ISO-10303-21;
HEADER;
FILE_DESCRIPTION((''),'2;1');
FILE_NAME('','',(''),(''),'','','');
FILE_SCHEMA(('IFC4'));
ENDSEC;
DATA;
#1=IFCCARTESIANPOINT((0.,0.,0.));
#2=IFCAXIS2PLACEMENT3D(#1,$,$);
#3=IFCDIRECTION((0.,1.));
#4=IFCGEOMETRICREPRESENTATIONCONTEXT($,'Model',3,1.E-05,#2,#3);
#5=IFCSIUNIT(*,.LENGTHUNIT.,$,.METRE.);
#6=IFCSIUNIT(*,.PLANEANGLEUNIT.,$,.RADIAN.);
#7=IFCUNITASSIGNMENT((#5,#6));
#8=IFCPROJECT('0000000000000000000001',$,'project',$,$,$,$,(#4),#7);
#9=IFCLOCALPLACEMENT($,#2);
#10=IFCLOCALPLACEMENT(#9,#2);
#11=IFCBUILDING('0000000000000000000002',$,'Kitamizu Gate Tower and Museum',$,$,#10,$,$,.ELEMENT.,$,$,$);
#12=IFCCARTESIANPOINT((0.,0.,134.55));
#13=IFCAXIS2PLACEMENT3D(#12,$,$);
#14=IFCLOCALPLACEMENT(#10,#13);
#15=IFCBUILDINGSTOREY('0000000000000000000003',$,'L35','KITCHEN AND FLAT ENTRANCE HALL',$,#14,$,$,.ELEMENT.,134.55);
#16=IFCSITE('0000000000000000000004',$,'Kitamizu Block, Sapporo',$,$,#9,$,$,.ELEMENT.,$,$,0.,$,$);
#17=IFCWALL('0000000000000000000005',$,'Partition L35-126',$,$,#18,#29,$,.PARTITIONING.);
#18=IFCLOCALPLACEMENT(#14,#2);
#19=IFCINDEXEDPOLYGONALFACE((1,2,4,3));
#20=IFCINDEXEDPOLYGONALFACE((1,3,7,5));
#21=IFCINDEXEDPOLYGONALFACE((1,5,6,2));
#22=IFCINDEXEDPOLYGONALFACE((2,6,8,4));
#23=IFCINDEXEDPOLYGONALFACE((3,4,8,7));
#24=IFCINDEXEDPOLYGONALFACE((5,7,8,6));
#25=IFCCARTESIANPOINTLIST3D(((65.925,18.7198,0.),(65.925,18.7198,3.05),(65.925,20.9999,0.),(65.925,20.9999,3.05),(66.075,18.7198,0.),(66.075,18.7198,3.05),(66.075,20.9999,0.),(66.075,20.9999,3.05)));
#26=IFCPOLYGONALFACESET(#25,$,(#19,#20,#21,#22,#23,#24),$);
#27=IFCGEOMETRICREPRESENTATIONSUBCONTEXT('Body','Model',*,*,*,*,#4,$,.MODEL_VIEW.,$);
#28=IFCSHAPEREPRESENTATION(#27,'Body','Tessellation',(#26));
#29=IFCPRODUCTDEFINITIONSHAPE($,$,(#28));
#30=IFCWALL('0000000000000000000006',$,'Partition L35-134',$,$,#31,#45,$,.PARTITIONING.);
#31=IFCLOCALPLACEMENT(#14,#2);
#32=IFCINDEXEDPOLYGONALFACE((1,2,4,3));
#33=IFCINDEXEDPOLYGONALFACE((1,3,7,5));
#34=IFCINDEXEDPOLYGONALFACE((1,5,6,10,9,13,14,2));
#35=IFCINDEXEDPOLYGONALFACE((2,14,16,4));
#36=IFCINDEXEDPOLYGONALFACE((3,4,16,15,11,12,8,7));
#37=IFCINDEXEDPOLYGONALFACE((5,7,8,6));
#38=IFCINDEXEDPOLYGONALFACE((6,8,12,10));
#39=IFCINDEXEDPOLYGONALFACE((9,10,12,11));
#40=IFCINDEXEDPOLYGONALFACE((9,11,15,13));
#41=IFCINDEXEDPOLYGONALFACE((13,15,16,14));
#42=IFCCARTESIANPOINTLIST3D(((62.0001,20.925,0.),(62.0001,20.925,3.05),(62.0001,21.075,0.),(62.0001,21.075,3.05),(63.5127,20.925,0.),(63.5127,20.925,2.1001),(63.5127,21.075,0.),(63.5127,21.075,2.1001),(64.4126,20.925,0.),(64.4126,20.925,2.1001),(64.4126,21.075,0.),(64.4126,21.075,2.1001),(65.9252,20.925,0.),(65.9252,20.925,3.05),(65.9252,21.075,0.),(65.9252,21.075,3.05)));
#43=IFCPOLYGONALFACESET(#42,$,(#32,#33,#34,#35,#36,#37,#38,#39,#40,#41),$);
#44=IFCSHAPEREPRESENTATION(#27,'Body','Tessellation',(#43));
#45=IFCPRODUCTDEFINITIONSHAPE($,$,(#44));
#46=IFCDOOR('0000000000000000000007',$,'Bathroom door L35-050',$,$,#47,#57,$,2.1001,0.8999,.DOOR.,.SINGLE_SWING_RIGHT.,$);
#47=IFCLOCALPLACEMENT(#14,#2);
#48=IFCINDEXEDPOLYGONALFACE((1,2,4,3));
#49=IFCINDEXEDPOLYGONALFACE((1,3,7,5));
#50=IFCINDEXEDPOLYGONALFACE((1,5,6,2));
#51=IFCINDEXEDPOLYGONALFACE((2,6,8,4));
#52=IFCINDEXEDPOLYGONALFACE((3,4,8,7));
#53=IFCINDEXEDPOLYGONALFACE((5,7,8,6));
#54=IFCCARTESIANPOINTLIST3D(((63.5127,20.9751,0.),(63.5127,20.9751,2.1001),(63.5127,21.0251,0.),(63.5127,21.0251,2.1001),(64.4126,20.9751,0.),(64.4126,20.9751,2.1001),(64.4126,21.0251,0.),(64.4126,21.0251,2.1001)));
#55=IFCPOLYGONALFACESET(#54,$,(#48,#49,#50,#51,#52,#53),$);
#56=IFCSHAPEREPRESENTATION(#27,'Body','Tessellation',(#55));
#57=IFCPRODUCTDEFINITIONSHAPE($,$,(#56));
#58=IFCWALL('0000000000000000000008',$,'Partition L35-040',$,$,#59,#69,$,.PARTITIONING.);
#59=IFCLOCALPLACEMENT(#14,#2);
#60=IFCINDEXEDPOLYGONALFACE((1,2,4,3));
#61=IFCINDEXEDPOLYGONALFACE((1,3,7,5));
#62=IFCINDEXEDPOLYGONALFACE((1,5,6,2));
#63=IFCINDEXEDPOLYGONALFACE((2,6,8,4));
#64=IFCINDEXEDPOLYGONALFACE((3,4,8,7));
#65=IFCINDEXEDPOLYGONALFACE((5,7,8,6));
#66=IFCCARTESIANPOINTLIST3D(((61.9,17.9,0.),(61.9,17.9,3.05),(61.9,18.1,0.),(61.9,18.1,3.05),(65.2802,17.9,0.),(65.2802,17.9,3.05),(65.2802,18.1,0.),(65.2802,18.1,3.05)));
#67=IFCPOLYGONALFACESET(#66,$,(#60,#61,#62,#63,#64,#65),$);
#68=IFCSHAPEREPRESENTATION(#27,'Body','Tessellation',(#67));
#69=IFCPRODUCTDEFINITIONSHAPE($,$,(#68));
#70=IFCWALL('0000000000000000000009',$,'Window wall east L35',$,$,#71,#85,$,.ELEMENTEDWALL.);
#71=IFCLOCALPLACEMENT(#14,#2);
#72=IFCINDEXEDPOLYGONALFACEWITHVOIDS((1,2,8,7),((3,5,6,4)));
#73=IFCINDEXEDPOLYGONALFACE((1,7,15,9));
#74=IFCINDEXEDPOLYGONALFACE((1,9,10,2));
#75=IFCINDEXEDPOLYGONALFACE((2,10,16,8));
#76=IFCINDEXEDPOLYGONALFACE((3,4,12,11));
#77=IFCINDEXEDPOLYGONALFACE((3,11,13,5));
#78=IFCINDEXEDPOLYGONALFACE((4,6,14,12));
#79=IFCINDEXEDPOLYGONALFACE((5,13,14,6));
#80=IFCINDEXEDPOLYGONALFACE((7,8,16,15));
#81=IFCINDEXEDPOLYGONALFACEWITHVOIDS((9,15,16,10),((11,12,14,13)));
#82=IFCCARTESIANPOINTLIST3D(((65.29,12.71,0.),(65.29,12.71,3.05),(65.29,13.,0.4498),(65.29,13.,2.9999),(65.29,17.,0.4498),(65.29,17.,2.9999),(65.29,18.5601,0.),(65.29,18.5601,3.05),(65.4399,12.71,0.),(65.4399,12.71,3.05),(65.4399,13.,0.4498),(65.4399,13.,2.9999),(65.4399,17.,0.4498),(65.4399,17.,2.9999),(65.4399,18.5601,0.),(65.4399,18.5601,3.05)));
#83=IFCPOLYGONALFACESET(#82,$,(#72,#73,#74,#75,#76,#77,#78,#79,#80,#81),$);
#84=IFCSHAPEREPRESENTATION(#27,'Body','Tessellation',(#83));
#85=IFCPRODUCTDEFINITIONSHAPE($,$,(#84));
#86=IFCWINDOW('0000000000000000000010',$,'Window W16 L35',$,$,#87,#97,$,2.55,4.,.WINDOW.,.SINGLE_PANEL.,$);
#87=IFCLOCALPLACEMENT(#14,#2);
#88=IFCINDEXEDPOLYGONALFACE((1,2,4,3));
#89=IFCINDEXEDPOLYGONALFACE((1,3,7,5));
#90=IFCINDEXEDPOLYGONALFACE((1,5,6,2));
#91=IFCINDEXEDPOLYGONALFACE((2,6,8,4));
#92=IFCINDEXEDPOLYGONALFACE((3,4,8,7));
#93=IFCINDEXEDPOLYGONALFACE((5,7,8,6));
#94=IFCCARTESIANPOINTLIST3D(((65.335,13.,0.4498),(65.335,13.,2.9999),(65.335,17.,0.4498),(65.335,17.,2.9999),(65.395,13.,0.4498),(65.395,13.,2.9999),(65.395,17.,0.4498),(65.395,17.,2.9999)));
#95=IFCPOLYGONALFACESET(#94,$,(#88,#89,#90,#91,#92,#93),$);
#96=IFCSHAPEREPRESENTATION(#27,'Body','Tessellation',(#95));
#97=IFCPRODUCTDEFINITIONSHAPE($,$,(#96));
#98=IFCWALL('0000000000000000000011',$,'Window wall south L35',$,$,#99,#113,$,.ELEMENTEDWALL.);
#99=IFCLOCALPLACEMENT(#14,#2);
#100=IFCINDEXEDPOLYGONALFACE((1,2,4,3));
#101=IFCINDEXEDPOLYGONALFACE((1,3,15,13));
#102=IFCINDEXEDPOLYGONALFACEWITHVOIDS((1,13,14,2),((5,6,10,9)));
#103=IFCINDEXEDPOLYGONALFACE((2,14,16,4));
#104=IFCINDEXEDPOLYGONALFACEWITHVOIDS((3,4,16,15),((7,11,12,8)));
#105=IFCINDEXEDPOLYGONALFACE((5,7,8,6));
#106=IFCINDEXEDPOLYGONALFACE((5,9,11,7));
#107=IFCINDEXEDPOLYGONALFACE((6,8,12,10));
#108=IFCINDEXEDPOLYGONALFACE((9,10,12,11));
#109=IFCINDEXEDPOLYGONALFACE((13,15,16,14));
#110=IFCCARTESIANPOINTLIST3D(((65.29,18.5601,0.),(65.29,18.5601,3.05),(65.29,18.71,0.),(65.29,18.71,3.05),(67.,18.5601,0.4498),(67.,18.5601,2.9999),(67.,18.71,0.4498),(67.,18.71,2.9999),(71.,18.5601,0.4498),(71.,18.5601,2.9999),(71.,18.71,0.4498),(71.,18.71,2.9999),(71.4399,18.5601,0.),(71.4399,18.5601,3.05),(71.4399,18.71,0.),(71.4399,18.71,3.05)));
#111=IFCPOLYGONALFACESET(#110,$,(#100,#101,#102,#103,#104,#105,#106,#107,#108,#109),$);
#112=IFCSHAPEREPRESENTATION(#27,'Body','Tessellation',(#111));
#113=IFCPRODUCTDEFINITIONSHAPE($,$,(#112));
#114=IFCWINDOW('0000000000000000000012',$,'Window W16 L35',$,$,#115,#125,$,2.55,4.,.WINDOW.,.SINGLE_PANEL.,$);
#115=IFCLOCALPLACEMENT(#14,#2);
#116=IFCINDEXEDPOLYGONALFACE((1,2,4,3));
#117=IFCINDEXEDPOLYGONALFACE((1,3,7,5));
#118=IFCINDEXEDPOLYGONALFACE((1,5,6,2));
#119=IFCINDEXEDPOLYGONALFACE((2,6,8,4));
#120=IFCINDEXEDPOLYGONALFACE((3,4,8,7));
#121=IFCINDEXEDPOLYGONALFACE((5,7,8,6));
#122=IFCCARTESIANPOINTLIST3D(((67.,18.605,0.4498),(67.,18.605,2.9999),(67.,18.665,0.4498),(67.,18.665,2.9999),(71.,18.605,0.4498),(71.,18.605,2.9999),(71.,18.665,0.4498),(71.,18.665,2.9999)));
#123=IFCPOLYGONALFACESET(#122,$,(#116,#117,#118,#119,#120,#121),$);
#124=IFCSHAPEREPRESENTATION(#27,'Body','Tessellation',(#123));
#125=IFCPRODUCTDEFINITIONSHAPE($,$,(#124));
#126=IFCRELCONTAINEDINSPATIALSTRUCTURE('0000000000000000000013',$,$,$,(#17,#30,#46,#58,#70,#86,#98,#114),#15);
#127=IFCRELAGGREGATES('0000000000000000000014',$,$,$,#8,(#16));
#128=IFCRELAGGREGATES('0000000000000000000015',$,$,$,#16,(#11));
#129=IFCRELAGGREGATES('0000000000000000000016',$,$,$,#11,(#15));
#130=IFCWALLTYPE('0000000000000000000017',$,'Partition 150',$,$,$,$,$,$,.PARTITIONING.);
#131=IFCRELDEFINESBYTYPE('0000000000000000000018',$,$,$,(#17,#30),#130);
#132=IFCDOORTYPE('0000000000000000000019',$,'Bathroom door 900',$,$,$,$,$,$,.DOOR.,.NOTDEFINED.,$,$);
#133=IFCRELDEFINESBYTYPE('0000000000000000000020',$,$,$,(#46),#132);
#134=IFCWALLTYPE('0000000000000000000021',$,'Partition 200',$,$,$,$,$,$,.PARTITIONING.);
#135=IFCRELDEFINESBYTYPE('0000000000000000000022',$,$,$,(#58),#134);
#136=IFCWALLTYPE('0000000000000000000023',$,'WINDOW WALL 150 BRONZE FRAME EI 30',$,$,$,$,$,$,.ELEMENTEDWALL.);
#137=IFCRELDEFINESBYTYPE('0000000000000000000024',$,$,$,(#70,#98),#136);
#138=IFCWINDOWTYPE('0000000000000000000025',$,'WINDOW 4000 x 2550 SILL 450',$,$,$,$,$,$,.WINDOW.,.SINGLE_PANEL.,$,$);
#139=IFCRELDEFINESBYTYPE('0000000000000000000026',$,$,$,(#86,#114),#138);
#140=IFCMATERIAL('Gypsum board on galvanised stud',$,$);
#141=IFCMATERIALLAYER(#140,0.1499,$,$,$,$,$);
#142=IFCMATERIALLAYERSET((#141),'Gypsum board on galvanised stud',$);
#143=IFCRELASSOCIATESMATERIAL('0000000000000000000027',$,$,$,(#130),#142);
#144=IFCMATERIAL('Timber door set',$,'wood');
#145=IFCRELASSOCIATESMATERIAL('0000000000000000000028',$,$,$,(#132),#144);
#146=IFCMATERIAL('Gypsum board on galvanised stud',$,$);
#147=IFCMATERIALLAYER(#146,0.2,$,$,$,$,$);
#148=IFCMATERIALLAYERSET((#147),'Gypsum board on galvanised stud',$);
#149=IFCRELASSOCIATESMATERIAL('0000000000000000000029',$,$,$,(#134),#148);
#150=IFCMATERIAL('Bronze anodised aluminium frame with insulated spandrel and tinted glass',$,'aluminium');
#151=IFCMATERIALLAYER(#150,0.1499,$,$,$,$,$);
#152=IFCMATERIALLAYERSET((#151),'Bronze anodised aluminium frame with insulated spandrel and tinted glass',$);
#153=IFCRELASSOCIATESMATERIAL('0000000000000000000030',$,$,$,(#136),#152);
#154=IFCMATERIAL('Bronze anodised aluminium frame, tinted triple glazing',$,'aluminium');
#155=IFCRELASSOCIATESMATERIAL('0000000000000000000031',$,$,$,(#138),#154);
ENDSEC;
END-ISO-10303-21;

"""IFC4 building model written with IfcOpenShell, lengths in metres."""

from ifc_helpers import new_model, si_unit, direction, frame, frame_2d, origin, place, context, subcontext, project, spatial, rectangle, extrude, material, layer, layer_set, type_object, element, fill, save


model = new_model("IFC4")

# Units and contexts
model_context = context("Model", 3, precision=1e-05, world=origin(), true_north=direction((0.0, 1.0)))
body_context = subcontext(model_context, "Body", "Model", "MODEL_VIEW")
ifc_project = project(units=[si_unit("LENGTHUNIT", "METRE"), si_unit("PLANEANGLEUNIT", "RADIAN")], contexts=[model_context])

# Site, building, storey
site_placement = place(None, origin())
site = spatial("IfcSite", under=ifc_project, at=site_placement, Name="Kitamizu Block, Sapporo", CompositionType="ELEMENT", RefElevation=0.0)
building_placement = place(site_placement, origin())
building = spatial("IfcBuilding", under=site, at=building_placement, Name="Kitamizu Gate Tower and Museum", CompositionType="ELEMENT")
storey_placement = place(building_placement, frame((0.0, 0.0, 134.55)))
storey = spatial("IfcBuildingStorey", under=building, at=storey_placement, Name="L35", Description="KITCHEN AND FLAT ENTRANCE HALL", CompositionType="ELEMENT", Elevation=134.55)

# Wall
ifc_material_1 = material(Name="Gypsum board on galvanised stud")
ifc_layer_1 = layer(ifc_material_1, 0.1499)
ifc_layer_set_1 = layer_set([ifc_layer_1], Name="Gypsum board on galvanised stud")
wall_type_1 = type_object("IfcWallType", Name="Partition 150", PredefinedType="PARTITIONING", material=ifc_layer_set_1)
wall_1_placement = place(storey_placement, frame((66.0, 21.0, 0.0), z_axis=(0.0, 0.0, 1.0), x_axis=(0.0, -1.0, 0.0)))
element("IfcWall", 1, at=wall_1_placement, inside=storey, type_object=wall_type_1, Name="Partition L35-126", PredefinedType="PARTITIONING", context=body_context, shape_type="SweptSolid", body=[
    extrude(rectangle(XDim=2.28, YDim=0.1499, at=frame_2d((1.1401, 0.0))), origin(), (0.0, 0.0, 1.0), 3.05),
])

# Wall, opening, door
wall_2_placement = place(storey_placement, frame((65.925, 21.0, 0.0), z_axis=(0.0, 0.0, 1.0), x_axis=(-1.0, 0.0, 0.0)))
wall_2 = element("IfcWall", 2, at=wall_2_placement, inside=storey, type_object=wall_type_1, Name="Partition L35-134", PredefinedType="PARTITIONING", context=body_context, shape_type="SweptSolid", body=[
    extrude(rectangle(XDim=3.925, YDim=0.1499, at=frame_2d((1.9624, 0.0))), origin(), (0.0, 0.0, 1.0), 3.05),
])
opening_1_placement = place(wall_2_placement, frame((1.5125, 0.0, 0.0)))
opening_1 = element("IfcOpeningElement", 3, at=opening_1_placement, cuts=wall_2, PredefinedType="OPENING", context=body_context, shape_type="SweptSolid", body=[
    extrude(rectangle(XDim=0.8999, YDim=2.1001, at=frame_2d((0.45, 1.05))), frame((0.0, 0.085, 0.0), z_axis=(0.0, -1.0, 0.0), x_axis=(1.0, 0.0, 0.0)), (0.0, 0.0, 1.0), 0.1699),
])
ifc_material_2 = material(Name="Timber door set", Category="wood")
door_type = type_object("IfcDoorType", Name="Bathroom door 900", OperationType="NOTDEFINED", PredefinedType="DOOR", material=ifc_material_2)
door_placement = place(opening_1_placement, origin())
door = element("IfcDoor", 4, at=door_placement, inside=storey, type_object=door_type, Name="Bathroom door L35-050", OperationType="SINGLE_SWING_RIGHT", OverallHeight=2.1001, OverallWidth=0.8999, PredefinedType="DOOR", context=body_context, shape_type="SweptSolid", body=[
    extrude(rectangle(XDim=0.8999, YDim=2.1001, at=frame_2d((0.45, 1.05))), frame((0.0, 0.0249, 0.0), z_axis=(0.0, -1.0, 0.0), x_axis=(1.0, 0.0, 0.0)), (0.0, 0.0, 1.0), 0.05),
])
fill(opening_1, door)

# Wall
ifc_material_3 = material(Name="Gypsum board on galvanised stud")
ifc_layer_2 = layer(ifc_material_3, 0.2)
ifc_layer_set_2 = layer_set([ifc_layer_2], Name="Gypsum board on galvanised stud")
wall_type_2 = type_object("IfcWallType", Name="Partition 200", PredefinedType="PARTITIONING", material=ifc_layer_set_2)
wall_3_placement = place(storey_placement, frame((65.28, 18.0, 0.0), z_axis=(0.0, 0.0, 1.0), x_axis=(-1.0, 0.0, 0.0)))
element("IfcWall", 5, at=wall_3_placement, inside=storey, type_object=wall_type_2, Name="Partition L35-040", PredefinedType="PARTITIONING", context=body_context, shape_type="SweptSolid", body=[
    extrude(rectangle(XDim=3.3801, YDim=0.2, at=frame_2d((1.6899, 0.0))), origin(), (0.0, 0.0, 1.0), 3.05),
])

# Walls, openings, windows
ifc_material_4 = material(Name="Bronze anodised aluminium frame with insulated spandrel and tinted glass", Category="aluminium")
ifc_layer_3 = layer(ifc_material_4, 0.1499)
ifc_layer_set_3 = layer_set([ifc_layer_3], Name="Bronze anodised aluminium frame with insulated spandrel and tinted glass")
wall_type_3 = type_object("IfcWallType", Name="WINDOW WALL 150 BRONZE FRAME EI 30", PredefinedType="ELEMENTEDWALL", material=ifc_layer_set_3)
wall_4_placement = place(storey_placement, frame((65.365, 12.71, 0.0), z_axis=(0.0, 0.0, 1.0), x_axis=(0.0, 1.0, 0.0)))
wall_4 = element("IfcWall", 6, at=wall_4_placement, inside=storey, type_object=wall_type_3, Name="Window wall east L35", PredefinedType="ELEMENTEDWALL", context=body_context, shape_type="SweptSolid", body=[
    extrude(rectangle(XDim=5.8501, YDim=0.1499, at=frame_2d((2.925, 0.0))), origin(), (0.0, 0.0, 1.0), 3.05),
])
opening_2_placement = place(wall_4_placement, frame((0.29, 0.0, 0.45)))
opening_2 = element("IfcOpeningElement", 7, at=opening_2_placement, cuts=wall_4, PredefinedType="OPENING", context=body_context, shape_type="SweptSolid", body=[
    extrude(rectangle(XDim=4.0, YDim=2.55, at=frame_2d((2.0, 1.2749))), frame((0.0, 0.085, 0.0), z_axis=(0.0, -1.0, 0.0), x_axis=(1.0, 0.0, 0.0)), (0.0, 0.0, 1.0), 0.1699),
])
ifc_material_5 = material(Name="Bronze anodised aluminium frame, tinted triple glazing", Category="aluminium")
window_type_1 = type_object("IfcWindowType", Name="WINDOW 4000 x 2550 SILL 450", PartitioningType="SINGLE_PANEL", PredefinedType="WINDOW", material=ifc_material_5)
window_1_placement = place(opening_2_placement, origin())
window_1 = element("IfcWindow", 8, at=window_1_placement, inside=storey, type_object=window_type_1, Name="Window W16 L35", OverallHeight=2.55, OverallWidth=4.0, PartitioningType="SINGLE_PANEL", PredefinedType="WINDOW", context=body_context, shape_type="SweptSolid", body=[
    extrude(rectangle(XDim=4.0, YDim=2.55, at=frame_2d((2.0, 1.2749))), frame((0.0, 0.03, 0.0), z_axis=(0.0, -1.0, 0.0), x_axis=(1.0, 0.0, 0.0)), (0.0, 0.0, 1.0), 0.0601),
])
fill(opening_2, window_1)
wall_5_placement = place(storey_placement, frame((65.29, 18.635, 0.0), z_axis=(0.0, 0.0, 1.0), x_axis=(1.0, 0.0, 0.0)))
wall_5 = element("IfcWall", 9, at=wall_5_placement, inside=storey, type_object=wall_type_3, Name="Window wall south L35", PredefinedType="ELEMENTEDWALL", context=body_context, shape_type="SweptSolid", body=[
    extrude(rectangle(XDim=6.1499, YDim=0.1499, at=frame_2d((3.075, 0.0))), origin(), (0.0, 0.0, 1.0), 3.05),
])
opening_3_placement = place(wall_5_placement, frame((1.71, 0.0, 0.45)))
opening_3 = element("IfcOpeningElement", 10, at=opening_3_placement, cuts=wall_5, PredefinedType="OPENING", context=body_context, shape_type="SweptSolid", body=[
    extrude(rectangle(XDim=4.0, YDim=2.55, at=frame_2d((2.0, 1.2749))), frame((0.0, 0.085, 0.0), z_axis=(0.0, -1.0, 0.0), x_axis=(1.0, 0.0, 0.0)), (0.0, 0.0, 1.0), 0.1699),
])
window_2_placement = place(opening_3_placement, origin())
window_2 = element("IfcWindow", 11, at=window_2_placement, inside=storey, type_object=window_type_1, Name="Window W16 L35", OverallHeight=2.55, OverallWidth=4.0, PartitioningType="SINGLE_PANEL", PredefinedType="WINDOW", context=body_context, shape_type="SweptSolid", body=[
    extrude(rectangle(XDim=4.0, YDim=2.55, at=frame_2d((2.0, 1.2749))), frame((0.0, 0.03, 0.0), z_axis=(0.0, -1.0, 0.0), x_axis=(1.0, 0.0, 0.0)), (0.0, 0.0, 1.0), 0.0601),
])
fill(opening_3, window_2)

save(model, "model.ifc")
